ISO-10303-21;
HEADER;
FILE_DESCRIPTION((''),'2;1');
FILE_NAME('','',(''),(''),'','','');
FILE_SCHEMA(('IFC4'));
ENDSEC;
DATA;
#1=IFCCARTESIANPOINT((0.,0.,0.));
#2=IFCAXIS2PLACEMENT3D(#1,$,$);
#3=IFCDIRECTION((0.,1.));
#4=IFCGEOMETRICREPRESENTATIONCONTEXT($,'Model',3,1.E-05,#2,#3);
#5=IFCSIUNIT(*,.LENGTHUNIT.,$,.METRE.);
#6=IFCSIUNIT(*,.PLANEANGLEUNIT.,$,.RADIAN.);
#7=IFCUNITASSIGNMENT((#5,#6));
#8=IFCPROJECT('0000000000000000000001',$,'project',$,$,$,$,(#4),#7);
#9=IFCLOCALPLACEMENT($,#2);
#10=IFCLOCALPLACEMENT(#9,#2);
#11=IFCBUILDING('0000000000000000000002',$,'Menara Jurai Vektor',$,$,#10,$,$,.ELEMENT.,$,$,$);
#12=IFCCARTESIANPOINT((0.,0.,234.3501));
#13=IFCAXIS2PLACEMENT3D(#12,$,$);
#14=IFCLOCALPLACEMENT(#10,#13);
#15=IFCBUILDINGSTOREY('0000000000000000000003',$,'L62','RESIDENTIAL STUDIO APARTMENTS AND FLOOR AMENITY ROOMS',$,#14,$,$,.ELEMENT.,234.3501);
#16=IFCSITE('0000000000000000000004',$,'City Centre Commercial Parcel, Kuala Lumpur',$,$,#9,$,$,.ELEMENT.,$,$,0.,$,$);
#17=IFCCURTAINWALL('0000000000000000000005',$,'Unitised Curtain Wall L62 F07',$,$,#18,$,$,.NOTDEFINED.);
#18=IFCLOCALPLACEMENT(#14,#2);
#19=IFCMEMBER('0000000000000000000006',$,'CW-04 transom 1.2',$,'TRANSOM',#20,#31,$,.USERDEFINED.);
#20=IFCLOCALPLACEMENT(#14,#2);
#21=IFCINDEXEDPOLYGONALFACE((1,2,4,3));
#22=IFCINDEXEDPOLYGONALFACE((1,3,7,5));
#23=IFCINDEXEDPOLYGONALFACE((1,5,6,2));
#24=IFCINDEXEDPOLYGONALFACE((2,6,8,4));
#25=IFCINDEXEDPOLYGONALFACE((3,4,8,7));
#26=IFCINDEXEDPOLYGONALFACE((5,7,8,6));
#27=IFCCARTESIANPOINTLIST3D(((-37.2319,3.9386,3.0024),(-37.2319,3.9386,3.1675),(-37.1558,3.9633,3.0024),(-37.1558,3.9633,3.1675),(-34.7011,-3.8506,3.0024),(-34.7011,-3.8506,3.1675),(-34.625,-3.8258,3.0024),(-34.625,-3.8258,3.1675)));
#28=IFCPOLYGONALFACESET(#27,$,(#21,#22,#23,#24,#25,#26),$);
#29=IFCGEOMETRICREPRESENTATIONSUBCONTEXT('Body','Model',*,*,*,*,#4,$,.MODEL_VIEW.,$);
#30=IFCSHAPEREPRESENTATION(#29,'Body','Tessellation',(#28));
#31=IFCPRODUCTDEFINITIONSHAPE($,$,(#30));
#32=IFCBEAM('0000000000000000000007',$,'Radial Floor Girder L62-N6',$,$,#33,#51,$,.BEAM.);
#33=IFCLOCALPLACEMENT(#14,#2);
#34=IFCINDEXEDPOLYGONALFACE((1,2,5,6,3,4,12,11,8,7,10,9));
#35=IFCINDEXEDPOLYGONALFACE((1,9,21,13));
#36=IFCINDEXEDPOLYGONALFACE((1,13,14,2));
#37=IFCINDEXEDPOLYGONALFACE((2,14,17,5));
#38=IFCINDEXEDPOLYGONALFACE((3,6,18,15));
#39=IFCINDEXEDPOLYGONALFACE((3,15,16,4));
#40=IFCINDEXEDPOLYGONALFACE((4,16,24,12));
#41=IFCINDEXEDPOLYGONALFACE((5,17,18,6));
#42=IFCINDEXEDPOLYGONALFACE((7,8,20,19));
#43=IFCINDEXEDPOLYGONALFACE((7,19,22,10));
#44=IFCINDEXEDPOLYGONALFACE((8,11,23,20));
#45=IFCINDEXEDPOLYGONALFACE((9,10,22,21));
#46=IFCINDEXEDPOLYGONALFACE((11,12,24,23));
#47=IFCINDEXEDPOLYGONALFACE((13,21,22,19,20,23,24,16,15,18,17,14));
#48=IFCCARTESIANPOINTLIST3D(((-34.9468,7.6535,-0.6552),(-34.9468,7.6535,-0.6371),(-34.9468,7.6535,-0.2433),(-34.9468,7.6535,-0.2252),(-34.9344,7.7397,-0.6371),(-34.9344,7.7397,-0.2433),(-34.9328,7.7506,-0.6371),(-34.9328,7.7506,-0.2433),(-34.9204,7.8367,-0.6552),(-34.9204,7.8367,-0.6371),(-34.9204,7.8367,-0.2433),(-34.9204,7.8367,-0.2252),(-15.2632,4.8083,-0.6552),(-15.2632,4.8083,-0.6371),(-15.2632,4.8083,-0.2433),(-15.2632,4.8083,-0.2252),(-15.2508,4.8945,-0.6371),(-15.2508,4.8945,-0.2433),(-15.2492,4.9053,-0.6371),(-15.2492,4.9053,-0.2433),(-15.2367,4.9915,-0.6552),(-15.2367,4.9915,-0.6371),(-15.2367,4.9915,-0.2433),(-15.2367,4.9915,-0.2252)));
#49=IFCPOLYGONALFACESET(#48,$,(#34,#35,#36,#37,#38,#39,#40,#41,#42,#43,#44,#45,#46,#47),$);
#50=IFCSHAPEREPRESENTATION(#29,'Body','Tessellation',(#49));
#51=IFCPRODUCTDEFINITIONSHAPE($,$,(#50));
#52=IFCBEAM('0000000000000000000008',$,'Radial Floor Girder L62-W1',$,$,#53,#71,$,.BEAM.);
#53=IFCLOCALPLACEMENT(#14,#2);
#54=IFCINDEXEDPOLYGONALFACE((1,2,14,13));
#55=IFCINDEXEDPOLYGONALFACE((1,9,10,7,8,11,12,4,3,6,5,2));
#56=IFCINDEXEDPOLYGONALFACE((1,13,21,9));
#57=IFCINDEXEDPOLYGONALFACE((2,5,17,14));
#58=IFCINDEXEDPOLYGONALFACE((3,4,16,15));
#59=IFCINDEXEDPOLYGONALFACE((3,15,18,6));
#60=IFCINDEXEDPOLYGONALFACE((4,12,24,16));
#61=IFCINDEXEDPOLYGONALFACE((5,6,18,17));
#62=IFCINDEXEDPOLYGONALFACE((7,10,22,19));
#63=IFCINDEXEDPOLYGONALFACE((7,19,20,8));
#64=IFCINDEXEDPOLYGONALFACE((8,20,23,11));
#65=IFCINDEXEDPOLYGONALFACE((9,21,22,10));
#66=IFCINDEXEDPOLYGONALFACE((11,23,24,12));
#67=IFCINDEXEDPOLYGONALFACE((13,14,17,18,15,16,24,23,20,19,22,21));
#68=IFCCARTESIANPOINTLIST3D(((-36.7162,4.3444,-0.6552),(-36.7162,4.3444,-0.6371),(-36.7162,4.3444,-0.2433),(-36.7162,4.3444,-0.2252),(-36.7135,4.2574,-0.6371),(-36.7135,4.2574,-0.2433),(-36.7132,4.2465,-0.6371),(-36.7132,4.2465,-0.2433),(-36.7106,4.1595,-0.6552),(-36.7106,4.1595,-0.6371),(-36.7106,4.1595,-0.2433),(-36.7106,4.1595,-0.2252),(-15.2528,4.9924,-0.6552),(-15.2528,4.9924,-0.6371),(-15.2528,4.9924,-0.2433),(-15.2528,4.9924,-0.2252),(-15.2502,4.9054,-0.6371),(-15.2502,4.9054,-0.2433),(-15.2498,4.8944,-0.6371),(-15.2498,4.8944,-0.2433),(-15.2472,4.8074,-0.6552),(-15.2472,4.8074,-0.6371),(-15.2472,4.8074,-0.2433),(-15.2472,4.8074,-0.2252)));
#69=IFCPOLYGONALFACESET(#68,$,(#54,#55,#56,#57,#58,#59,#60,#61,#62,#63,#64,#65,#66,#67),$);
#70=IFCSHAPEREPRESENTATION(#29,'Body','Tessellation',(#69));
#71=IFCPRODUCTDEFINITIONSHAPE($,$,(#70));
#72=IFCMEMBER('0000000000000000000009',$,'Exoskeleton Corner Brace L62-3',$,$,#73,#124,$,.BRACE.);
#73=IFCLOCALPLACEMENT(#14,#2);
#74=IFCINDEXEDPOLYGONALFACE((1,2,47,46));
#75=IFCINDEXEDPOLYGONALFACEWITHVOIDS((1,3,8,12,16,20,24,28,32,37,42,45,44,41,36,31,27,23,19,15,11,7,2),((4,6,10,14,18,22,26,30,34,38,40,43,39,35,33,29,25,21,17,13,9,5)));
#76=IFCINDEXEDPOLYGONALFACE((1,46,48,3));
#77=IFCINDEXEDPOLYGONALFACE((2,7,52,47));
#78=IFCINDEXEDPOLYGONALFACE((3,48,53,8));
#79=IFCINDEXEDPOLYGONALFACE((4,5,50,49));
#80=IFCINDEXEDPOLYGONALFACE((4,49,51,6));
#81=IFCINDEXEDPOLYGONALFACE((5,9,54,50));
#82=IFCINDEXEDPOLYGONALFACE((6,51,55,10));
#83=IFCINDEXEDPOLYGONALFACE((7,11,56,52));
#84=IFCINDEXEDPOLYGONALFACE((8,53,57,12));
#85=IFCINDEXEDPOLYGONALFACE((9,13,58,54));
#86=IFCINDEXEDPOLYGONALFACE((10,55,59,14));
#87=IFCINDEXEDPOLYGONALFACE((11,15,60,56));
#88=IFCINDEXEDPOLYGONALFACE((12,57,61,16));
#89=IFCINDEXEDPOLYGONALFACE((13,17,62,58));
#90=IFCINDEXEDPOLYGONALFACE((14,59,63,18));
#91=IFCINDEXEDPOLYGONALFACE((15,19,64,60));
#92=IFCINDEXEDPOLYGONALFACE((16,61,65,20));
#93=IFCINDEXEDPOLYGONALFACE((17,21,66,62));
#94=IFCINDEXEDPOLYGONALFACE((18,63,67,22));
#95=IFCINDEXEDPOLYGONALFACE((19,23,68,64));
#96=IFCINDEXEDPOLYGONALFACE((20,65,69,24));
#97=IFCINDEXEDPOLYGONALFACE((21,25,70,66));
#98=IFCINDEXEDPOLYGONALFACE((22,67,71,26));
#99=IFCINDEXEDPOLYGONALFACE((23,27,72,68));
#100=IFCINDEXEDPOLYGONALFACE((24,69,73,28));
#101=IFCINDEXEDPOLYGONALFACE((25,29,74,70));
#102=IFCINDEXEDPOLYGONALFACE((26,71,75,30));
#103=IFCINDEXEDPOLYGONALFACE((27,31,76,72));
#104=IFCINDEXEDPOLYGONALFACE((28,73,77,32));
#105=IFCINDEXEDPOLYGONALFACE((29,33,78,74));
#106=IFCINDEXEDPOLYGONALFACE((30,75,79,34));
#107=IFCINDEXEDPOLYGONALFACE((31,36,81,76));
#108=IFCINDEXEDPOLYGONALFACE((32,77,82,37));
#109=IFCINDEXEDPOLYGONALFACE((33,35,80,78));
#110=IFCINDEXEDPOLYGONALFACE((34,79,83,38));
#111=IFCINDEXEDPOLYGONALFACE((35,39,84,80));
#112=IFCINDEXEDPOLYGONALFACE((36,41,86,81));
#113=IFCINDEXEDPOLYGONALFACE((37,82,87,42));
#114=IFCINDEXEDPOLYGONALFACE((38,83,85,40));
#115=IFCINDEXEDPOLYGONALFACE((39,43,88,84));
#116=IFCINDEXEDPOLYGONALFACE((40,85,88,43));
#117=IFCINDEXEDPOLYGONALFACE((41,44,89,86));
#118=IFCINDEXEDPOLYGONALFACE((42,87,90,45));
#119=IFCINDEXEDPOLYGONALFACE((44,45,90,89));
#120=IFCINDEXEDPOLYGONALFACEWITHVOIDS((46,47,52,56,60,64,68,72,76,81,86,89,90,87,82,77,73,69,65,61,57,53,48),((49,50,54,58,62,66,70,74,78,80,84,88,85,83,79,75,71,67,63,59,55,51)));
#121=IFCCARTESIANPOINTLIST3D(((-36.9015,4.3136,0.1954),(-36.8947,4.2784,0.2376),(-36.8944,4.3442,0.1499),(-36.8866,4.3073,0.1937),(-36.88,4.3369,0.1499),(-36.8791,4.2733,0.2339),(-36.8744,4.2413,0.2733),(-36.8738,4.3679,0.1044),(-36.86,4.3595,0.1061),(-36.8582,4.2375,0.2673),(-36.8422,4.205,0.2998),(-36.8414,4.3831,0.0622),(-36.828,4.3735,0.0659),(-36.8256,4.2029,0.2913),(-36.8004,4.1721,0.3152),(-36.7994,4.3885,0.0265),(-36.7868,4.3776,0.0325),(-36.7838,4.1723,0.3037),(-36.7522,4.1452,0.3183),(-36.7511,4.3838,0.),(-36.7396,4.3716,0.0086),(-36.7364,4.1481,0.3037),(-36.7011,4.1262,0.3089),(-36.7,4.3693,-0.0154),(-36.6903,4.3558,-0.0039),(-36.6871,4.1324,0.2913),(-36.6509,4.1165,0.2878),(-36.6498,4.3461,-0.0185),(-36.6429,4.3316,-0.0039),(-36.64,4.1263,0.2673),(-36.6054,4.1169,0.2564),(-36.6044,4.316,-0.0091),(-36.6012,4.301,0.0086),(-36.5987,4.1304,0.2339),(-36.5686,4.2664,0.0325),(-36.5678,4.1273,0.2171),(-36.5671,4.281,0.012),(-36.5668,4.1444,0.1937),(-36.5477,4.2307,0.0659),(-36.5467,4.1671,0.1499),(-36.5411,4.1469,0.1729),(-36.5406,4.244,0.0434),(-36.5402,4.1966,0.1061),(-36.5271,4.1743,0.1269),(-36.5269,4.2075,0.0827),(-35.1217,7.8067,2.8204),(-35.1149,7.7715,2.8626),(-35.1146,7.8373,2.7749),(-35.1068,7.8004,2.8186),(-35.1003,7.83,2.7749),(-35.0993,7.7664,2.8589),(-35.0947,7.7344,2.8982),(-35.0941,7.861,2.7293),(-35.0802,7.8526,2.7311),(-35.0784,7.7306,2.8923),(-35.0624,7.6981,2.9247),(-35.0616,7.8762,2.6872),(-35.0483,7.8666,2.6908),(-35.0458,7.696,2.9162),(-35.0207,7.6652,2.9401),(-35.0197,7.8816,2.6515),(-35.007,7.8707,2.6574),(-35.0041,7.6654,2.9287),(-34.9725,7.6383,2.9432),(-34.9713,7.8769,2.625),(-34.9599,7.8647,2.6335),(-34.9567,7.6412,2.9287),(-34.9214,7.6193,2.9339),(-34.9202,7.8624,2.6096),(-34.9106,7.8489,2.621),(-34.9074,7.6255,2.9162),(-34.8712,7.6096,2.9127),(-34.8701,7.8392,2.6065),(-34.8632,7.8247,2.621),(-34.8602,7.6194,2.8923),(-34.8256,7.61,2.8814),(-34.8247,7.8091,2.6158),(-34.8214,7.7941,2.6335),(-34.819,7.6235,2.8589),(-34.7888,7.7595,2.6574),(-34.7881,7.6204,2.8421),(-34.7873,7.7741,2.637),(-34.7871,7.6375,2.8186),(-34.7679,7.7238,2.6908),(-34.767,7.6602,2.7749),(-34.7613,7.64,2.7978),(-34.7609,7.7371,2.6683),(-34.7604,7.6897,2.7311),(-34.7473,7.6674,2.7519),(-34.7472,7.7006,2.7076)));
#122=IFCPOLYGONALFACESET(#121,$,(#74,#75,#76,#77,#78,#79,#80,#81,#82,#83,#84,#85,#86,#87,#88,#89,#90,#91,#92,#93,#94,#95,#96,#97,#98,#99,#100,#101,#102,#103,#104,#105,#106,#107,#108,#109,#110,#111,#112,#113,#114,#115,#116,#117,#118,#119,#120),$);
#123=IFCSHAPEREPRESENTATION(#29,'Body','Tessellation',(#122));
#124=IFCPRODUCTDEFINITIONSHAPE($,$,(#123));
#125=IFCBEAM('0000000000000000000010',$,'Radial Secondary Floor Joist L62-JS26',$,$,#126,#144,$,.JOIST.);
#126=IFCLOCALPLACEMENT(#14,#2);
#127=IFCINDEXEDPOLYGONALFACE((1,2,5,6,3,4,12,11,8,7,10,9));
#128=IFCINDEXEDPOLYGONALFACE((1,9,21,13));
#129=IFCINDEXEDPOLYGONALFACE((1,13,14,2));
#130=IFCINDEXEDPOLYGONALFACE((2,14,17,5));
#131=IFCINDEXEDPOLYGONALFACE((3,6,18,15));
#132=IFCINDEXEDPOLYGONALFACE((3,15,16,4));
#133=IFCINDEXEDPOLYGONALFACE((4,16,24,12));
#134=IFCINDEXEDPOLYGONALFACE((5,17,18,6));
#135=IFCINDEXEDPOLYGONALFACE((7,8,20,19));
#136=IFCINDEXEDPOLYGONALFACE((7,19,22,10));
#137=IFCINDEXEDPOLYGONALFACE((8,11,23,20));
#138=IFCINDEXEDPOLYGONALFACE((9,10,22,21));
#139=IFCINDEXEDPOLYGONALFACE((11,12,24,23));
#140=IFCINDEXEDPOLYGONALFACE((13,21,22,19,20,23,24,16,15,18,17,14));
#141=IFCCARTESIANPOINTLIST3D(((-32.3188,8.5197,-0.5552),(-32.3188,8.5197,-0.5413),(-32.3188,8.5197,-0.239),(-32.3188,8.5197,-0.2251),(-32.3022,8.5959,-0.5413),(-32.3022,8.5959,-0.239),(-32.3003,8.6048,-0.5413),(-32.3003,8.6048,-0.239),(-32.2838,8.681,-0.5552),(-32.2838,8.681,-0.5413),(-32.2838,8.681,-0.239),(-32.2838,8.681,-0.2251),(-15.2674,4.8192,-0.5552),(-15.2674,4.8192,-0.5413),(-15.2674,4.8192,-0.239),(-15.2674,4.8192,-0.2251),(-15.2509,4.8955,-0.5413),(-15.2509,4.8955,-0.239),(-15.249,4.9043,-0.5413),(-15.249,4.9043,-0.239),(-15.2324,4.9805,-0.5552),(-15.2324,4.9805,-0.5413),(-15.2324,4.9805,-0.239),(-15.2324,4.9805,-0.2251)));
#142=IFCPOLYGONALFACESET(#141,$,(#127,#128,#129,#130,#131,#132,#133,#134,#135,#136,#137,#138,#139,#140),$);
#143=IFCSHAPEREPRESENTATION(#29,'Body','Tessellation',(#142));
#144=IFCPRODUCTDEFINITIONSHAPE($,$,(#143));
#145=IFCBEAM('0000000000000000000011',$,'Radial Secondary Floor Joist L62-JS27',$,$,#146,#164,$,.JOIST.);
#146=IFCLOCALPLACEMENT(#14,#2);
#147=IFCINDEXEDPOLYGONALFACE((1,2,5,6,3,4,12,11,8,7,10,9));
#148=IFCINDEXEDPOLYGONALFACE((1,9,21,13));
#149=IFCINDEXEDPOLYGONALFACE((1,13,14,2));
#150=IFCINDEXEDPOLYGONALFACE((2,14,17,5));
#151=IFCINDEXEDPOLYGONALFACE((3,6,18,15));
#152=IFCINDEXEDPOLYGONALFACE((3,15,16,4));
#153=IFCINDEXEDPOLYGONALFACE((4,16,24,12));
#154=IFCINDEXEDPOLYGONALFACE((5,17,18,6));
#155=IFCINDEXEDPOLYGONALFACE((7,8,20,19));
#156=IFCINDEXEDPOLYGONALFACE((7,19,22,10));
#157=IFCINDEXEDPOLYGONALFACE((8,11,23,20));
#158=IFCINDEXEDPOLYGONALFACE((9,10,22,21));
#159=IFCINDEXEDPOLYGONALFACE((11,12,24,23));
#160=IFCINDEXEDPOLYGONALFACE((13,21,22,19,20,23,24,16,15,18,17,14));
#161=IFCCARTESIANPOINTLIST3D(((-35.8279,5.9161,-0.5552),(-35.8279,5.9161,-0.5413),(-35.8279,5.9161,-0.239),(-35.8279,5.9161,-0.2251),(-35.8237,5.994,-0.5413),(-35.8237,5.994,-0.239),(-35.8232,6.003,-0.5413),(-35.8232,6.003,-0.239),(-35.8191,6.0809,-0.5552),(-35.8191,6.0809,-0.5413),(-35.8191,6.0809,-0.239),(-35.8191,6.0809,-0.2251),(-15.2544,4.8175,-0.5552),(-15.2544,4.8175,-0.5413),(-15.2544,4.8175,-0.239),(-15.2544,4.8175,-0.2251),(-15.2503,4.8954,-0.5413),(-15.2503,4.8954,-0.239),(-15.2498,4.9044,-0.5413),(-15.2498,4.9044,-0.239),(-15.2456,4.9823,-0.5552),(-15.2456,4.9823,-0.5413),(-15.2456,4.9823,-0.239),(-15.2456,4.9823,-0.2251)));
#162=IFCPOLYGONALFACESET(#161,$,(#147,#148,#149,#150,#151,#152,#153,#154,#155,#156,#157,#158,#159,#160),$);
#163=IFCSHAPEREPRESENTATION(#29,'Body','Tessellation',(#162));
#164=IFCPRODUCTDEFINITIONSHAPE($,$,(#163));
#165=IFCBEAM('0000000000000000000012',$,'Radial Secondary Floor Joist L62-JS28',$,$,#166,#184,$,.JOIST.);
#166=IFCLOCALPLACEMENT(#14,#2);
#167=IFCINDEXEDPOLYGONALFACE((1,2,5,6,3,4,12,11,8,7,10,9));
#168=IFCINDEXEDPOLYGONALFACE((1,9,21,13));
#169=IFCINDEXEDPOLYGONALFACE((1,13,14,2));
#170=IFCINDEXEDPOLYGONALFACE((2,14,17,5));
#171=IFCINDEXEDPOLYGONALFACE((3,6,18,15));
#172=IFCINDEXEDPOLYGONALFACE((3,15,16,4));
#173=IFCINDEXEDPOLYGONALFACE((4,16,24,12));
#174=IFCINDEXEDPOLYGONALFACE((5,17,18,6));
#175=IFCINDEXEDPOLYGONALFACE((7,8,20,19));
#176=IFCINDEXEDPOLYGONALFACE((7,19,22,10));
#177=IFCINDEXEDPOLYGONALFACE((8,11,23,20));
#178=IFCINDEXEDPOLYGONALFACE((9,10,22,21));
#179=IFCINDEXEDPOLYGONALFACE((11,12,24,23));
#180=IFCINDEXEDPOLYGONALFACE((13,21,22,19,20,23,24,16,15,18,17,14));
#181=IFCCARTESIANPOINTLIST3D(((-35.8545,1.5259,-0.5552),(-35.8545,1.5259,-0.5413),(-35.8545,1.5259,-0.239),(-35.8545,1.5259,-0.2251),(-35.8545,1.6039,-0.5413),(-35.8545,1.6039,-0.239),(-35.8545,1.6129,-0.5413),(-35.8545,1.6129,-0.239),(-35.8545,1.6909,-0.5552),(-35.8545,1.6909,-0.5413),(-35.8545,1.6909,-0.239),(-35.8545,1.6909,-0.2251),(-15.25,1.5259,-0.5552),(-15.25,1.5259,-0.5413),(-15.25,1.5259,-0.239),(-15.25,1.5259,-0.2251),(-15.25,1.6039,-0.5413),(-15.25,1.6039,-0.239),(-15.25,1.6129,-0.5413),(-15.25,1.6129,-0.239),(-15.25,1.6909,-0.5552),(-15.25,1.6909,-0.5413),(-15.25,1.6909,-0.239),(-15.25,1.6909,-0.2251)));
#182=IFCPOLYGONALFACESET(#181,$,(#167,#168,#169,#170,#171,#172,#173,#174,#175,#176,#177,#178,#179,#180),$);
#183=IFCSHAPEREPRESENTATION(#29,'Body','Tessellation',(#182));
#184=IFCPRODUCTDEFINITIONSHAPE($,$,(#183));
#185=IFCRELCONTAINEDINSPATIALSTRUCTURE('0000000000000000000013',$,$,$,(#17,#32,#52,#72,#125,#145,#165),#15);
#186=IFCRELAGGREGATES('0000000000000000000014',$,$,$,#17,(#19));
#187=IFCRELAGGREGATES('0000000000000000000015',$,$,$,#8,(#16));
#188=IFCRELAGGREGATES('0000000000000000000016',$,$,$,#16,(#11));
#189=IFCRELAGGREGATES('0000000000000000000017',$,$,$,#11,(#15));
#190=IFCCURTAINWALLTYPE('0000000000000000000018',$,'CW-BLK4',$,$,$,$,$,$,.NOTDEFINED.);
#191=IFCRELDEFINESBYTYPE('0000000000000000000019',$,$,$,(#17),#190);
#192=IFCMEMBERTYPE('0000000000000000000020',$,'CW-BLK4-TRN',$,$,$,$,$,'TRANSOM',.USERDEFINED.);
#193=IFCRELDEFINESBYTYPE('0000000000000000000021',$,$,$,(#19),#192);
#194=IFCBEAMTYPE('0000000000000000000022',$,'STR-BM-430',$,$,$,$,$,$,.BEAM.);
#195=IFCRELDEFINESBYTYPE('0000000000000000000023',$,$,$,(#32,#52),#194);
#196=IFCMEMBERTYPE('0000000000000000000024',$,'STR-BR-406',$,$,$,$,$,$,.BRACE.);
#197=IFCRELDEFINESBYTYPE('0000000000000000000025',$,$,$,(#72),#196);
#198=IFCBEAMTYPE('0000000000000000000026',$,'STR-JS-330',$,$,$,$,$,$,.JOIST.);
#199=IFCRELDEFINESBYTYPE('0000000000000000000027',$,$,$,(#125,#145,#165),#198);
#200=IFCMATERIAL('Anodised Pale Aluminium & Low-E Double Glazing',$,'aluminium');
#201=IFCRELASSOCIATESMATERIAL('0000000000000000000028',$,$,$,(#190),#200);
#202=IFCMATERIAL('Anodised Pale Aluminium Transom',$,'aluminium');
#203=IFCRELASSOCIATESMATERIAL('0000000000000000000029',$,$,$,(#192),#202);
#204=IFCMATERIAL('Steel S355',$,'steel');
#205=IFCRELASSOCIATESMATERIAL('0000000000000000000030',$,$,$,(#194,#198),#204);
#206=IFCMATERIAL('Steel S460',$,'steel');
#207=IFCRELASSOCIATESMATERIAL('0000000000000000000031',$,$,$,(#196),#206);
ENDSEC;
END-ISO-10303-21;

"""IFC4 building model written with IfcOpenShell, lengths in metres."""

from ifc_helpers import new_model, si_unit, direction, frame, origin, origin_2d, place, context, subcontext, project, spatial, rectangle, hollow_circle, i_section, extrude, material, material_profile, profile_set, type_object, element, aggregate, save


model = new_model("IFC4")

# Units and contexts
model_context = context("Model", 3, precision=1e-05, world=origin(), true_north=direction((0.0, 1.0)))
body_context = subcontext(model_context, "Body", "Model", "MODEL_VIEW")
ifc_project = project(units=[si_unit("LENGTHUNIT", "METRE"), si_unit("PLANEANGLEUNIT", "RADIAN")], contexts=[model_context])

# Site, building, storey
site_placement = place(None, origin())
site = spatial("IfcSite", under=ifc_project, at=site_placement, Name="City Centre Commercial Parcel, Kuala Lumpur", CompositionType="ELEMENT", RefElevation=0.0)
building_placement = place(site_placement, origin())
building = spatial("IfcBuilding", under=site, at=building_placement, Name="Menara Jurai Vektor", CompositionType="ELEMENT")
storey_placement = place(building_placement, frame((0.0, 0.0, 234.3501)))
storey = spatial("IfcBuildingStorey", under=building, at=storey_placement, Name="L62", Description="RESIDENTIAL STUDIO APARTMENTS AND FLOOR AMENITY ROOMS", CompositionType="ELEMENT", Elevation=234.3501)

# Shared definitions
ifc_material_1 = material(Name="Steel S460", Category="steel")

# Shared definitions
ifc_material_2 = material(Name="Anodised Pale Aluminium & Low-E Double Glazing", Category="aluminium")
curtain_wall_type = type_object("IfcCurtainWallType", Name="CW-BLK4", PredefinedType="NOTDEFINED", material=ifc_material_2)

# Curtain wall
curtain_wall_1_placement = place(storey_placement, origin())
curtain_wall_1 = element("IfcCurtainWall", 1, at=curtain_wall_1_placement, inside=storey, type_object=curtain_wall_type, Name="Unitised Curtain Wall L62 F07", PredefinedType="NOTDEFINED")

# Member
ifc_material_3 = material(Name="Anodised Pale Aluminium Transom", Category="aluminium")
ifc_material_profile_1 = material_profile(ifc_material_3, rectangle(XDim=0.0801, YDim=0.165, at=origin_2d()), Name="ALU TRN 80x165")
ifc_profile_set_1 = profile_set([ifc_material_profile_1], Name="Anodised Pale Aluminium Transom")
member_type_1 = type_object("IfcMemberType", Name="CW-BLK4-TRN", ElementType="TRANSOM", PredefinedType="USERDEFINED", material=ifc_profile_set_1)
member_1_placement = place(storey_placement, frame((-37.1938, 3.9509, 3.085), z_axis=(0.309011, -0.951059, 0.0), x_axis=(0.951059, 0.309011, 0.0)))
member_1 = element("IfcMember", 2, at=member_1_placement, type_object=member_type_1, Name="CW-04 transom 1.2", ObjectType="TRANSOM", PredefinedType="USERDEFINED", context=body_context, shape_type="SweptSolid", body=[
    extrude(rectangle(XDim=0.0801, YDim=0.165, at=origin_2d()), origin(), (0.0, 0.0, 1.0), 8.1899),
])

# Beams
ifc_material_4 = material(Name="Steel S355", Category="steel")
ifc_material_profile_2 = material_profile(ifc_material_4, i_section(OverallWidth=0.1851, OverallDepth=0.4299, WebThickness=0.011, FlangeThickness=0.0181, at=origin_2d()), Name="PG 430x185x76")
ifc_profile_set_2 = profile_set([ifc_material_profile_2], Name="Steel S355")
beam_type_1 = type_object("IfcBeamType", Name="STR-BM-430", PredefinedType="BEAM", material=ifc_profile_set_2)
beam_1_placement = place(storey_placement, frame((-34.9336, 7.7451, -0.4402), z_axis=(0.989714, -0.143061, 0.0), x_axis=(0.143061, 0.989714, 0.0)))
element("IfcBeam", 3, at=beam_1_placement, inside=storey, type_object=beam_type_1, Name="Radial Floor Girder L62-N6", PredefinedType="BEAM", context=body_context, shape_type="SweptSolid", body=[
    extrude(i_section(OverallWidth=0.1851, OverallDepth=0.4299, WebThickness=0.011, FlangeThickness=0.0181, at=origin_2d()), origin(), (0.0, 0.0, 1.0), 19.8882),
])
beam_2_placement = place(storey_placement, frame((-36.7134, 4.252, -0.4402), z_axis=(0.999545, 0.030175, 0.0), x_axis=(-0.030175, 0.999545, 0.0)))
element("IfcBeam", 4, at=beam_2_placement, inside=storey, type_object=beam_type_1, Name="Radial Floor Girder L62-W1", PredefinedType="BEAM", context=body_context, shape_type="SweptSolid", body=[
    extrude(i_section(OverallWidth=0.1851, OverallDepth=0.4299, WebThickness=0.011, FlangeThickness=0.0181, at=origin_2d()), origin(), (0.0, 0.0, 1.0), 21.4731),
])

# Member
ifc_material_profile_3 = material_profile(ifc_material_1, hollow_circle(Radius=0.2031, WallThickness=0.0161, at=origin_2d()), Name="CHS 406.4x16")
ifc_profile_set_3 = profile_set([ifc_material_profile_3], Name="Steel S460")
member_type_2 = type_object("IfcMemberType", Name="STR-BR-406", PredefinedType="BRACE", material=ifc_profile_set_3)
member_2_placement = place(storey_placement, frame((-36.7134, 4.252, 0.1499), z_axis=(0.377225, 0.740375, 0.556368), x_axis=(-0.891014, 0.453976, 0.0)))
element("IfcMember", 5, at=member_2_placement, inside=storey, type_object=member_type_2, Name="Exoskeleton Corner Brace L62-3", PredefinedType="BRACE", context=body_context, shape_type="SweptSolid", body=[
    extrude(hollow_circle(Radius=0.2031, WallThickness=0.0161, at=origin_2d()), origin(), (0.0, 0.0, 1.0), 4.718),
])

# Beams
ifc_material_profile_4 = material_profile(ifc_material_4, i_section(OverallWidth=0.165, OverallDepth=0.3301, WebThickness=0.009, FlangeThickness=0.0139, at=origin_2d()), Name="PG 330x165x46")
ifc_profile_set_4 = profile_set([ifc_material_profile_4], Name="Steel S355")
beam_type_2 = type_object("IfcBeamType", Name="STR-JS-330", PredefinedType="JOIST", material=ifc_profile_set_4)
beam_3_placement = place(storey_placement, frame((-32.3013, 8.6003, -0.3901), z_axis=(0.977252, -0.212082, 0.0), x_axis=(0.212082, 0.977252, 0.0)))
element("IfcBeam", 6, at=beam_3_placement, inside=storey, type_object=beam_type_2, Name="Radial Secondary Floor Joist L62-JS26", PredefinedType="JOIST", context=body_context, shape_type="SweptSolid", body=[
    extrude(i_section(OverallWidth=0.165, OverallDepth=0.3301, WebThickness=0.009, FlangeThickness=0.0139, at=origin_2d()), origin(), (0.0, 0.0, 1.0), 17.4482),
])
beam_4_placement = place(storey_placement, frame((-35.8235, 5.9985, -0.3901), z_axis=(0.998577, -0.053324, 0.0), x_axis=(0.053324, 0.998577, 0.0)))
element("IfcBeam", 7, at=beam_4_placement, inside=storey, type_object=beam_type_2, Name="Radial Secondary Floor Joist L62-JS27", PredefinedType="JOIST", context=body_context, shape_type="SweptSolid", body=[
    extrude(i_section(OverallWidth=0.165, OverallDepth=0.3301, WebThickness=0.009, FlangeThickness=0.0139, at=origin_2d()), origin(), (0.0, 0.0, 1.0), 20.6028),
])
beam_5_placement = place(storey_placement, frame((-35.8545, 1.6084, -0.3901), z_axis=(1.0, 0.0, 0.0), x_axis=(0.0, 1.0, 0.0)))
element("IfcBeam", 8, at=beam_5_placement, inside=storey, type_object=beam_type_2, Name="Radial Secondary Floor Joist L62-JS28", PredefinedType="JOIST", context=body_context, shape_type="SweptSolid", body=[
    extrude(i_section(OverallWidth=0.165, OverallDepth=0.3301, WebThickness=0.009, FlangeThickness=0.0139, at=origin_2d()), origin(), (0.0, 0.0, 1.0), 20.6045),
])

aggregate(curtain_wall_1, [member_1])

save(model, "model.ifc")
